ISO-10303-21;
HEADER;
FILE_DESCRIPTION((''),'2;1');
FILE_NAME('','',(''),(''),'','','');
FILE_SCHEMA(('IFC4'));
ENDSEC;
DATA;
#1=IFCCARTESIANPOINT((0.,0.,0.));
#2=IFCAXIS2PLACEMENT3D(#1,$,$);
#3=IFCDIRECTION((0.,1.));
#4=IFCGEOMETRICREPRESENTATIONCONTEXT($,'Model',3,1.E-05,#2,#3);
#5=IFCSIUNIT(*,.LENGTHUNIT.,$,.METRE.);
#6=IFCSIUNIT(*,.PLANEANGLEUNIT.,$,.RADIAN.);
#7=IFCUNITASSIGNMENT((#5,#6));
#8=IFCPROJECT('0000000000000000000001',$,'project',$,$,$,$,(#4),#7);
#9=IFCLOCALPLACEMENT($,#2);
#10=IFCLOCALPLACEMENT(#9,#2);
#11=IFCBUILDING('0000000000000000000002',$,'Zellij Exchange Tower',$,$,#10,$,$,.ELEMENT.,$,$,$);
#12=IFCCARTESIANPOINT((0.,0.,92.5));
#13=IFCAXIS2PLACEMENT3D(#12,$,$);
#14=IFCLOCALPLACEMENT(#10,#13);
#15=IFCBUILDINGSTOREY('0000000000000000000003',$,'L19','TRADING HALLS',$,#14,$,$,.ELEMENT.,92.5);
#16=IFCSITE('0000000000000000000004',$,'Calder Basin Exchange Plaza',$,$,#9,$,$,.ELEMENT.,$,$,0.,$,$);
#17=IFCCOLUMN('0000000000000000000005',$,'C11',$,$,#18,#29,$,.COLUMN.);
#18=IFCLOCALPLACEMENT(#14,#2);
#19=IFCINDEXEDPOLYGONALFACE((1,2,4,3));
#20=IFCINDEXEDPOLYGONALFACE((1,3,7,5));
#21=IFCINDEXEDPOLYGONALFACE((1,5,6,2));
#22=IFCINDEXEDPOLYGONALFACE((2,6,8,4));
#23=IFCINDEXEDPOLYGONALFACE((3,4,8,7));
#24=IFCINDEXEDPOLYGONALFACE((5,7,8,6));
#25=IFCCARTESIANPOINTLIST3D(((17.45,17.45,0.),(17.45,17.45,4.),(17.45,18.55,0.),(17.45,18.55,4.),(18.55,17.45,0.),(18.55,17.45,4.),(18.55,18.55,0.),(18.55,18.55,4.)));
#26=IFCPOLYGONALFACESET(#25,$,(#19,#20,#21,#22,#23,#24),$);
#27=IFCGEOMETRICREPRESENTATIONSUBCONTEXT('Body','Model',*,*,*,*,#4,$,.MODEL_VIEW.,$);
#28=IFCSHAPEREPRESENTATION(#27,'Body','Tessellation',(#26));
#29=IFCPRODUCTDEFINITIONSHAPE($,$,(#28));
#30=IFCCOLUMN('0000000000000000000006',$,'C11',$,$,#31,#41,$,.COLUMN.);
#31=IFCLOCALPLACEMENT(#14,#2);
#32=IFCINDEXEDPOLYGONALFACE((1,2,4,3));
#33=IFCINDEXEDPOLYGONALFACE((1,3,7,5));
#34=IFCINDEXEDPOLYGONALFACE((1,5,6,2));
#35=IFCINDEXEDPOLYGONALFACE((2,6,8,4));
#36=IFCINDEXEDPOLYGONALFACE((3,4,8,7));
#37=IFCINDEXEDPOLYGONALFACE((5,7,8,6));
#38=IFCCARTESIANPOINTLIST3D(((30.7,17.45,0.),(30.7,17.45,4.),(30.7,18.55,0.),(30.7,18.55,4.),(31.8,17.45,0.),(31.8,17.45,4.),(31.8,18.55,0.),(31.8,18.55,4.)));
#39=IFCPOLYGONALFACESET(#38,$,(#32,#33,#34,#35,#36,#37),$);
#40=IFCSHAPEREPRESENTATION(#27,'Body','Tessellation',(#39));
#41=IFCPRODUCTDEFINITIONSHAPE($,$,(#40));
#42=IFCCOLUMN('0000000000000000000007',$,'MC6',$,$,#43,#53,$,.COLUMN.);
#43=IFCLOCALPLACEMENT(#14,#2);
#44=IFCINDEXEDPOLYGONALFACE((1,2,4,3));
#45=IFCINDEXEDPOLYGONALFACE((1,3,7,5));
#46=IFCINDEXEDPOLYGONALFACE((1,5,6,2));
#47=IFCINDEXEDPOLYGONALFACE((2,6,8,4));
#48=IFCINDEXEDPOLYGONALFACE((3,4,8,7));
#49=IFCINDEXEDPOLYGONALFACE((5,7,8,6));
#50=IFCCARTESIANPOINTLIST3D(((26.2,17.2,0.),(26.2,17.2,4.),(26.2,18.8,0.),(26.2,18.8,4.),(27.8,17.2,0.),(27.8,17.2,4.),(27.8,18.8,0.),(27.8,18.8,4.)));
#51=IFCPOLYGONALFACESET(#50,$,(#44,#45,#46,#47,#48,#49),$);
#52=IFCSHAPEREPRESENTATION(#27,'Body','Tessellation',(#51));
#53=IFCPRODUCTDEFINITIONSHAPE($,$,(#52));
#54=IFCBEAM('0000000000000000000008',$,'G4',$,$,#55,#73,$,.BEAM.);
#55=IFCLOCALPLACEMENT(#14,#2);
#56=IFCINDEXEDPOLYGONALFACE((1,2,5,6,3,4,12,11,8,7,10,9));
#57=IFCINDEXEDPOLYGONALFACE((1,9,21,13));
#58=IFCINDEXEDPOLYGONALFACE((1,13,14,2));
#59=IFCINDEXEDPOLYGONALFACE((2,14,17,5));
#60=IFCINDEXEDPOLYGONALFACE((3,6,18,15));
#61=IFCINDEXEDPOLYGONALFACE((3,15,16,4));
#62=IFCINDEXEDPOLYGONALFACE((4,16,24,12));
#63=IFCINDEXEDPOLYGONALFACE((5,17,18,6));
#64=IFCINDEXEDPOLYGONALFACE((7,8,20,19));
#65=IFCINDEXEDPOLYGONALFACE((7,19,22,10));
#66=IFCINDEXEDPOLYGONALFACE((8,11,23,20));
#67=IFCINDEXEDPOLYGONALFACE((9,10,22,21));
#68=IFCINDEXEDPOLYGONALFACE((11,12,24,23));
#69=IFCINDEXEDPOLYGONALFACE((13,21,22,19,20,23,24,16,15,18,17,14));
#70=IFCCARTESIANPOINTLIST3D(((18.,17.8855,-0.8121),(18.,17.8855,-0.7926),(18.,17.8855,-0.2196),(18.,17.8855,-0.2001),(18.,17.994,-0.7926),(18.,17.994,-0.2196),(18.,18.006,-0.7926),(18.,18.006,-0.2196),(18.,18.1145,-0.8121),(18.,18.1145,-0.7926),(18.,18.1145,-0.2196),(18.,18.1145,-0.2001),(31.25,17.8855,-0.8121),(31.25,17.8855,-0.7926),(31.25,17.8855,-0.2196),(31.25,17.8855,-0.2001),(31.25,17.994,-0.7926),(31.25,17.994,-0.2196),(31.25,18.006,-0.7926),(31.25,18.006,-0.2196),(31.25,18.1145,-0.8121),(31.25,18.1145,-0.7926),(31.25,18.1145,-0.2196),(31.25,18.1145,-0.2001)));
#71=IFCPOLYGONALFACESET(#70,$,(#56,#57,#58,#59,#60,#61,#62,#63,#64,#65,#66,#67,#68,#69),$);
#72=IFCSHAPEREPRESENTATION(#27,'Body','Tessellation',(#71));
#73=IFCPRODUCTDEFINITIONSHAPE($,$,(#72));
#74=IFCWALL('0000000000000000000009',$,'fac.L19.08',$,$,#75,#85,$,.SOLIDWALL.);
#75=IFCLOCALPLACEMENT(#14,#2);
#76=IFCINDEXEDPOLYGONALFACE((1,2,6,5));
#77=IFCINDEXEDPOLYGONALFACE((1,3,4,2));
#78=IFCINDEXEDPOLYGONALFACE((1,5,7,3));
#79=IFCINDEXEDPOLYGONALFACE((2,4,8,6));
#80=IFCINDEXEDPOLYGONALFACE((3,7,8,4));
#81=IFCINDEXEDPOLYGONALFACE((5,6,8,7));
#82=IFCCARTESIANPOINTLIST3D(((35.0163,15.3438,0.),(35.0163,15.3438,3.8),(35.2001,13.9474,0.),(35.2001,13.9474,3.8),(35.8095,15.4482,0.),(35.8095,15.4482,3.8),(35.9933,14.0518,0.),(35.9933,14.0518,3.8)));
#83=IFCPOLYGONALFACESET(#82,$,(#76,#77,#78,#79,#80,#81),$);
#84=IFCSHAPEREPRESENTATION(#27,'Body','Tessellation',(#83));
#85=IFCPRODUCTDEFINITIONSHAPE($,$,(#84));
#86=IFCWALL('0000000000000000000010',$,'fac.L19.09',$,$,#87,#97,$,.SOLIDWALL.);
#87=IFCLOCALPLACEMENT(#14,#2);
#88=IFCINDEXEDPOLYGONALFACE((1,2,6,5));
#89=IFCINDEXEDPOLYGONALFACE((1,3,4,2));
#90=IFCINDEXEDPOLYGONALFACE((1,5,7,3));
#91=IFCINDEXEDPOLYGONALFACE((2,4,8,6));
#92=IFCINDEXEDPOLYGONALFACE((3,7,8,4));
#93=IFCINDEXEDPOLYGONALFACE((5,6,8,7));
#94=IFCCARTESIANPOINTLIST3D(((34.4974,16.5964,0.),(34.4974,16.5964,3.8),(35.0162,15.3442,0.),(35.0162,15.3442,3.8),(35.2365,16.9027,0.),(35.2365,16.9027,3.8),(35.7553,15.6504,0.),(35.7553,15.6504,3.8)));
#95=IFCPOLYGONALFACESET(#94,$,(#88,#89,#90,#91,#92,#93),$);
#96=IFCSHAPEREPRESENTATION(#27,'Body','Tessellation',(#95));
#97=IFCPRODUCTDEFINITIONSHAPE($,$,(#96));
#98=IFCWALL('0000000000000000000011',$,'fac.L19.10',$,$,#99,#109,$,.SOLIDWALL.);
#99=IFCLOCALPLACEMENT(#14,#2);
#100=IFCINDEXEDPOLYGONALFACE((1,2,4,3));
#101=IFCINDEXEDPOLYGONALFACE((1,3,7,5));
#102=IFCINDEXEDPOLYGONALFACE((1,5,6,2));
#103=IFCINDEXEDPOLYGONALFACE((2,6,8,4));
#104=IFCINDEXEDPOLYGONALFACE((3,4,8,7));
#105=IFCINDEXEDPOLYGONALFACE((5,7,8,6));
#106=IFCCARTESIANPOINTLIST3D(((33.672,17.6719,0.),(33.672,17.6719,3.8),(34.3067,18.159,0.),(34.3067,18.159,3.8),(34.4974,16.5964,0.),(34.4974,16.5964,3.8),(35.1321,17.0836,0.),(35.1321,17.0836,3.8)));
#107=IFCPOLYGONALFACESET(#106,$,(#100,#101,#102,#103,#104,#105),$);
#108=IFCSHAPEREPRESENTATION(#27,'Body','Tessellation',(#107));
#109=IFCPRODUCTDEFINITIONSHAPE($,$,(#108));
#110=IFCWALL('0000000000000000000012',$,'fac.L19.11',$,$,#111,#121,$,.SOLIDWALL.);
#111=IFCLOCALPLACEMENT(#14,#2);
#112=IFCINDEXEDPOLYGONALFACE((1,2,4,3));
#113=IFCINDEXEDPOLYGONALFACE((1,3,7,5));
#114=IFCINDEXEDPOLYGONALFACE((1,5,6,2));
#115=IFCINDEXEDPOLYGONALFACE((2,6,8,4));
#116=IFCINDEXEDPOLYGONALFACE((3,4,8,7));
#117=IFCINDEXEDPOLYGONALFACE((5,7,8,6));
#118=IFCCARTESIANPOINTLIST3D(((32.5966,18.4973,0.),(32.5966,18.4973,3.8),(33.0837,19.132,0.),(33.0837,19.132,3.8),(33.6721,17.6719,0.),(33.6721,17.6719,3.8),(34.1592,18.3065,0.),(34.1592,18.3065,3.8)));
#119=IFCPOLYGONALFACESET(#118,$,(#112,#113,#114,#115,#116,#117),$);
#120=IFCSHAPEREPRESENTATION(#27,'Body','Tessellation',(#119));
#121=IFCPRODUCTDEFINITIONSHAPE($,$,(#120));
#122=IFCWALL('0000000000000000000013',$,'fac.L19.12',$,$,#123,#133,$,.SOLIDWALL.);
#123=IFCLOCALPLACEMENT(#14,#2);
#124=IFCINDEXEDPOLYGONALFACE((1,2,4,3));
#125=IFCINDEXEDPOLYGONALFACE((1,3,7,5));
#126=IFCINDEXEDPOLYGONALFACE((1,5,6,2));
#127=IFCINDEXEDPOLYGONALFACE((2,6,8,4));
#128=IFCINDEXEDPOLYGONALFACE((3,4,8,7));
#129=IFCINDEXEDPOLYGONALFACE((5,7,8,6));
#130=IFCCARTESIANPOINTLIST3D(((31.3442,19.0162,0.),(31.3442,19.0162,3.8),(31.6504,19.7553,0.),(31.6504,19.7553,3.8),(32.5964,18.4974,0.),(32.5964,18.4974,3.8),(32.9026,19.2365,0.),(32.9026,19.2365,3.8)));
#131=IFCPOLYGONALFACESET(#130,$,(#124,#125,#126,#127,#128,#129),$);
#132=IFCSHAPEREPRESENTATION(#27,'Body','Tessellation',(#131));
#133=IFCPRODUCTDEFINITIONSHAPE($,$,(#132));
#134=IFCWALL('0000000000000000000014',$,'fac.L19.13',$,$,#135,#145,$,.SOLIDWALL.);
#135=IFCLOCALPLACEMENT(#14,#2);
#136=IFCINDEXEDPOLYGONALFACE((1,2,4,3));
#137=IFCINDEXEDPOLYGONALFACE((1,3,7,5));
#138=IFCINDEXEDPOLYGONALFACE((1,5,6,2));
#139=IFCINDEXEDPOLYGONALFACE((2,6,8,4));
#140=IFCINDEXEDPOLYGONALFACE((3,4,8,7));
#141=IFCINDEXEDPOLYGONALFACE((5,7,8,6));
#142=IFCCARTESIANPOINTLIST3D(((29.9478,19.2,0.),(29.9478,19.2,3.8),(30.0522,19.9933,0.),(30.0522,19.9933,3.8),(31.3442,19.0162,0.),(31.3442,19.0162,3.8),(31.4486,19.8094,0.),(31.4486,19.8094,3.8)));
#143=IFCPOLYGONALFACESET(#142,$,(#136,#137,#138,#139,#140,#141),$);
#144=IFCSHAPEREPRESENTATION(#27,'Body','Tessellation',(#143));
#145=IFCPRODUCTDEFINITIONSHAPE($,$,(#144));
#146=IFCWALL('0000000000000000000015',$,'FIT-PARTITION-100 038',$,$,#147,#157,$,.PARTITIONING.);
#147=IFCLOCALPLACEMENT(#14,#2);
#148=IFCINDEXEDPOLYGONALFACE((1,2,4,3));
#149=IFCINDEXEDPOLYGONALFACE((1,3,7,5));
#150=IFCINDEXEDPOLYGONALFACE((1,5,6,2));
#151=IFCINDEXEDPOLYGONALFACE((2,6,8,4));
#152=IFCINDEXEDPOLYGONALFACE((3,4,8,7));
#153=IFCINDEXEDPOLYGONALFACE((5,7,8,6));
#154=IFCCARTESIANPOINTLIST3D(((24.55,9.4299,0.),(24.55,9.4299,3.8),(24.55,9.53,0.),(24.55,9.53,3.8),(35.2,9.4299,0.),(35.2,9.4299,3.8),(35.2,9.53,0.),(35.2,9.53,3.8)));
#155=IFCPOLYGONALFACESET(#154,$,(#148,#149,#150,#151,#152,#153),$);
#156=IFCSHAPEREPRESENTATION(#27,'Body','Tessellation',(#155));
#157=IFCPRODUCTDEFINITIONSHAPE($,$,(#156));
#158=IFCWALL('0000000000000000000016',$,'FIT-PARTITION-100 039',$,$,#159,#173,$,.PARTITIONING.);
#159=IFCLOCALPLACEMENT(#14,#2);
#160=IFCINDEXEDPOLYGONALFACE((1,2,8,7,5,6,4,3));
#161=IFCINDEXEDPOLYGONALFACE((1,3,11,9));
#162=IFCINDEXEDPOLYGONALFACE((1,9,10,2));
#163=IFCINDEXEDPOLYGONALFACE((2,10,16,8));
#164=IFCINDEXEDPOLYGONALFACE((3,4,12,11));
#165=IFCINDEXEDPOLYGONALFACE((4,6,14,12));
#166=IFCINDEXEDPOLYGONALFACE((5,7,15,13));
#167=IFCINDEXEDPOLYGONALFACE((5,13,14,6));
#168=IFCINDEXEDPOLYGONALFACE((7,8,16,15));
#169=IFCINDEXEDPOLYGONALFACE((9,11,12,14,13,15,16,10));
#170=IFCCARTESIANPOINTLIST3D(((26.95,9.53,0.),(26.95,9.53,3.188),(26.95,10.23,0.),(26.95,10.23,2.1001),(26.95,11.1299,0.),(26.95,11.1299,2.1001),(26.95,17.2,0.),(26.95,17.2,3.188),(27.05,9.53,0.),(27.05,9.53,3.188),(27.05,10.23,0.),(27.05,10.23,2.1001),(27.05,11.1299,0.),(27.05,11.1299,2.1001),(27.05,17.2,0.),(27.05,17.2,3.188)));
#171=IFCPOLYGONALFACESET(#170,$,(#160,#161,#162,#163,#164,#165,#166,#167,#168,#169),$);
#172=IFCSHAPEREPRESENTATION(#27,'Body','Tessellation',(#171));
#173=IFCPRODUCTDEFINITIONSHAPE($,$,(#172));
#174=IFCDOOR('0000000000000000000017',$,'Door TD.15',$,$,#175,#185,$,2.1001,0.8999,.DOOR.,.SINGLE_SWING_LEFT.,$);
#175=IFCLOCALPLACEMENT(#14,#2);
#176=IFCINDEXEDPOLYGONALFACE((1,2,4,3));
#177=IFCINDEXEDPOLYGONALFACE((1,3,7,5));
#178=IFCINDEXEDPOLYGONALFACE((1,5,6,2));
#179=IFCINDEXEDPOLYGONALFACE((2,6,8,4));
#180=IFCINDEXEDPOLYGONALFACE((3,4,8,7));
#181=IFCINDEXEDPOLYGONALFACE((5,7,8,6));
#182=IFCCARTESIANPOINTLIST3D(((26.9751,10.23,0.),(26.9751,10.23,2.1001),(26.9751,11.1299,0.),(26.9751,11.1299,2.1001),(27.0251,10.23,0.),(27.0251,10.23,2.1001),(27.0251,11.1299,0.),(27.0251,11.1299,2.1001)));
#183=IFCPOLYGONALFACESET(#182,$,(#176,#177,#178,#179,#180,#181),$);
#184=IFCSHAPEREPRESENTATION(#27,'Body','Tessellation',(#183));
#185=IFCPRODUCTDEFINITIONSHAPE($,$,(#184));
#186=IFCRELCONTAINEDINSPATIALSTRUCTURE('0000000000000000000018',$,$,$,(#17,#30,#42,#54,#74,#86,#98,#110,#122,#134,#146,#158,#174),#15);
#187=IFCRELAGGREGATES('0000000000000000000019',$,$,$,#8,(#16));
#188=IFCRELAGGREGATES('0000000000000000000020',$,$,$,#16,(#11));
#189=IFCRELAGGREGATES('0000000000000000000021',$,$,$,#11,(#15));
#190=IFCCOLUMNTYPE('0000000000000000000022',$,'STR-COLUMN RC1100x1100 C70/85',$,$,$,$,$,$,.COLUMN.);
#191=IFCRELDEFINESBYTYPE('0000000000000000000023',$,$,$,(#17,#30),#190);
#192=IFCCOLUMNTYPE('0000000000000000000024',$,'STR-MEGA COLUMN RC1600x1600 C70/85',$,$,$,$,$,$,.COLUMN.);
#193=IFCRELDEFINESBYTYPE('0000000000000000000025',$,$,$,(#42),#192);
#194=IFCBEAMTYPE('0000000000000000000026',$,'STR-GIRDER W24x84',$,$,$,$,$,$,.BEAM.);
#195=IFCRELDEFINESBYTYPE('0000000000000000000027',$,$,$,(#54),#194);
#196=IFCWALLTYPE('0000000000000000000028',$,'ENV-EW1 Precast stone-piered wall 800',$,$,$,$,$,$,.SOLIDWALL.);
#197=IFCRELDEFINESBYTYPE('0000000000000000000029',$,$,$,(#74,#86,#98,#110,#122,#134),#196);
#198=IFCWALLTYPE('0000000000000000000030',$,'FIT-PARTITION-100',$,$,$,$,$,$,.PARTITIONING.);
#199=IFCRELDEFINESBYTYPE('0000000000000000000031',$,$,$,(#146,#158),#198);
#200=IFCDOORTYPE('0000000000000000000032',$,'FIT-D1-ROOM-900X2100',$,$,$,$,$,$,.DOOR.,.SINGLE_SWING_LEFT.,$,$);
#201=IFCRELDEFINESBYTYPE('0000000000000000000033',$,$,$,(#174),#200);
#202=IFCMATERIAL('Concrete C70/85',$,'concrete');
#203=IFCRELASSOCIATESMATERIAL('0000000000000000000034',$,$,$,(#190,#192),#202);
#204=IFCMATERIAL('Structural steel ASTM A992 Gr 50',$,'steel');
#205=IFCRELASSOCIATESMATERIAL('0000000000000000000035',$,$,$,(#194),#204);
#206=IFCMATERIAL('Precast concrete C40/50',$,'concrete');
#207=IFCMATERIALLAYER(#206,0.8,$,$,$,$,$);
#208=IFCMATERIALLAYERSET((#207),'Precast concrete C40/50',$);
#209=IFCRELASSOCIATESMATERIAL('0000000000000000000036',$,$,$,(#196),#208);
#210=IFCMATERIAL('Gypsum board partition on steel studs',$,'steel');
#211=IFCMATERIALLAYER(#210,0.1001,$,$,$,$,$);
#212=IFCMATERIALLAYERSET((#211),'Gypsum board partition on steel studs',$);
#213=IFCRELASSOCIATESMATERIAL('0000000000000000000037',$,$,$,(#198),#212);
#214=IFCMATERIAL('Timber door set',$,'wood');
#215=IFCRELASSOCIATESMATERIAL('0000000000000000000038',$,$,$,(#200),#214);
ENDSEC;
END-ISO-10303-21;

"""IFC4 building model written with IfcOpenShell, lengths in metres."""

from ifc_helpers import new_model, si_unit, direction, frame, frame_2d, origin, origin_2d, place, context, subcontext, project, spatial, rectangle, i_section, extrude, material, layer, layer_set, material_profile, profile_set, type_object, element, fill, save


model = new_model("IFC4")

# Units and contexts
model_context = context("Model", 3, precision=1e-05, world=origin(), true_north=direction((0.0, 1.0)))
body_context = subcontext(model_context, "Body", "Model", "MODEL_VIEW")
ifc_project = project(units=[si_unit("LENGTHUNIT", "METRE"), si_unit("PLANEANGLEUNIT", "RADIAN")], contexts=[model_context])

# Site, building, storey
site_placement = place(None, origin())
site = spatial("IfcSite", under=ifc_project, at=site_placement, Name="Calder Basin Exchange Plaza", CompositionType="ELEMENT", RefElevation=0.0)
building_placement = place(site_placement, origin())
building = spatial("IfcBuilding", under=site, at=building_placement, Name="Zellij Exchange Tower", CompositionType="ELEMENT")
storey_placement = place(building_placement, frame((0.0, 0.0, 92.5)))
storey = spatial("IfcBuildingStorey", under=building, at=storey_placement, Name="L19", Description="TRADING HALLS", CompositionType="ELEMENT", Elevation=92.5)

# Columns
ifc_material_1 = material(Name="Concrete C70/85", Category="concrete")
ifc_material_profile_1 = material_profile(ifc_material_1, rectangle(XDim=1.1001, YDim=1.1001, at=origin_2d()), Name="STR-COLUMN RC1100x1100 C70/85")
ifc_profile_set_1 = profile_set([ifc_material_profile_1], Name="Concrete C70/85")
column_type_1 = type_object("IfcColumnType", Name="STR-COLUMN RC1100x1100 C70/85", PredefinedType="COLUMN", material=ifc_profile_set_1)
for number, where, z_axis, x_axis, name in (
    (1, (18.0, 18.0, 0.0), (0.0, 0.0, 1.0), (1.0, 0.0, 0.0), "C11"),
    (2, (31.25, 18.0, 0.0), (0.0, 0.0, 1.0), (1.0, 0.0, 0.0), "C11"),
):
    element("IfcColumn", number, at=place(storey_placement, frame(where, z_axis=z_axis, x_axis=x_axis)), inside=storey, type_object=column_type_1, Name=name, PredefinedType="COLUMN", context=body_context, shape_type="SweptSolid", body=[
        extrude(rectangle(XDim=1.1001, YDim=1.1001, at=origin_2d()), origin(), (0.0, 0.0, 1.0), 4.0),
    ])
ifc_material_profile_2 = material_profile(ifc_material_1, rectangle(XDim=1.6001, YDim=1.6001, at=origin_2d()), Name="STR-MEGA COLUMN RC1600x1600 C70/85")
ifc_profile_set_2 = profile_set([ifc_material_profile_2], Name="Concrete C70/85")
column_type_2 = type_object("IfcColumnType", Name="STR-MEGA COLUMN RC1600x1600 C70/85", PredefinedType="COLUMN", material=ifc_profile_set_2)
column_placement = place(storey_placement, frame((27.0, 18.0, 0.0), z_axis=(0.0, 0.0, 1.0), x_axis=(1.0, 0.0, 0.0)))
element("IfcColumn", 3, at=column_placement, inside=storey, type_object=column_type_2, Name="MC6", PredefinedType="COLUMN", context=body_context, shape_type="SweptSolid", body=[
    extrude(rectangle(XDim=1.6001, YDim=1.6001, at=origin_2d()), origin(), (0.0, 0.0, 1.0), 4.0),
])

# Beam
ifc_material_2 = material(Name="Structural steel ASTM A992 Gr 50", Category="steel")
ifc_material_profile_3 = material_profile(ifc_material_2, i_section(OverallWidth=0.229, OverallDepth=0.6121, WebThickness=0.012, FlangeThickness=0.0195, at=origin_2d()), Name="W24x84")
ifc_profile_set_3 = profile_set([ifc_material_profile_3], Name="Structural steel ASTM A992 Gr 50")
beam_type = type_object("IfcBeamType", Name="STR-GIRDER W24x84", PredefinedType="BEAM", material=ifc_profile_set_3)
beam_placement = place(storey_placement, frame((18.0, 18.0, -0.5061), z_axis=(1.0, 0.0, 0.0), x_axis=(0.0, 1.0, 0.0)))
element("IfcBeam", 4, at=beam_placement, inside=storey, type_object=beam_type, Name="G4", PredefinedType="BEAM", context=body_context, shape_type="SweptSolid", body=[
    extrude(i_section(OverallWidth=0.229, OverallDepth=0.6121, WebThickness=0.012, FlangeThickness=0.0195, at=origin_2d()), origin(), (0.0, 0.0, 1.0), 13.25),
])

# Walls
ifc_material_3 = material(Name="Precast concrete C40/50", Category="concrete")
ifc_layer_1 = layer(ifc_material_3, 0.8)
ifc_layer_set_1 = layer_set([ifc_layer_1], Name="Precast concrete C40/50")
wall_type_1 = type_object("IfcWallType", Name="ENV-EW1 Precast stone-piered wall 800", PredefinedType="SOLIDWALL", material=ifc_layer_set_1)
wall_1_placement = place(storey_placement, frame((35.5967, 13.9998, 0.0), z_axis=(0.0, 0.0, 1.0), x_axis=(-0.130517, 0.991446, 0.0)))
element("IfcWall", 5, at=wall_1_placement, inside=storey, type_object=wall_type_1, Name="fac.L19.08", PredefinedType="SOLIDWALL", context=body_context, shape_type="SweptSolid", body=[
    extrude(rectangle(XDim=1.4084, YDim=0.8, at=frame_2d((0.7041, 0.0))), origin(), (0.0, 0.0, 1.0), 3.8),
])
wall_2_placement = place(storey_placement, frame((35.3857, 15.4973, 0.0), z_axis=(0.0, 0.0, 1.0), x_axis=(-0.38276, 0.923848, 0.0)))
element("IfcWall", 6, at=wall_2_placement, inside=storey, type_object=wall_type_1, Name="fac.L19.09", PredefinedType="SOLIDWALL", context=body_context, shape_type="SweptSolid", body=[
    extrude(rectangle(XDim=1.3555, YDim=0.8, at=frame_2d((0.6777, 0.0))), origin(), (0.0, 0.0, 1.0), 3.8),
])
for number, where, z_axis, x_axis, name in (
    (7, (34.8147, 16.8401, 0.0), (0.0, 0.0, 1.0), (-0.608866, 0.793273, 0.0), "fac.L19.10"),
    (8, (33.9155, 17.9893, 0.0), (0.0, 0.0, 1.0), (-0.793273, 0.608866, 0.0), "fac.L19.11"),
):
    element("IfcWall", number, at=place(storey_placement, frame(where, z_axis=z_axis, x_axis=x_axis)), inside=storey, type_object=wall_type_1, Name=name, PredefinedType="SOLIDWALL", context=body_context, shape_type="SweptSolid", body=[
        extrude(rectangle(XDim=1.3557, YDim=0.8, at=frame_2d((0.6777, 0.0))), origin(), (0.0, 0.0, 1.0), 3.8),
    ])
wall_3_placement = place(storey_placement, frame((32.7495, 18.8669, 0.0), z_axis=(0.0, 0.0, 1.0), x_axis=(-0.923848, 0.38276, 0.0)))
element("IfcWall", 9, at=wall_3_placement, inside=storey, type_object=wall_type_1, Name="fac.L19.12", PredefinedType="SOLIDWALL", context=body_context, shape_type="SweptSolid", body=[
    extrude(rectangle(XDim=1.3555, YDim=0.8, at=frame_2d((0.6777, 0.0))), origin(), (0.0, 0.0, 1.0), 3.8),
])
wall_4_placement = place(storey_placement, frame((31.3962, 19.4128, 0.0), z_axis=(0.0, 0.0, 1.0), x_axis=(-0.991446, 0.130517, 0.0)))
element("IfcWall", 10, at=wall_4_placement, inside=storey, type_object=wall_type_1, Name="fac.L19.13", PredefinedType="SOLIDWALL", context=body_context, shape_type="SweptSolid", body=[
    extrude(rectangle(XDim=1.4084, YDim=0.8, at=frame_2d((0.7041, 0.0))), origin(), (0.0, 0.0, 1.0), 3.8),
])
ifc_material_4 = material(Name="Gypsum board partition on steel studs", Category="steel")
ifc_layer_2 = layer(ifc_material_4, 0.1001)
ifc_layer_set_2 = layer_set([ifc_layer_2], Name="Gypsum board partition on steel studs")
wall_type_2 = type_object("IfcWallType", Name="FIT-PARTITION-100", PredefinedType="PARTITIONING", material=ifc_layer_set_2)
wall_5_placement = place(storey_placement, frame((24.55, 9.48, 0.0), z_axis=(0.0, 0.0, 1.0), x_axis=(1.0, 0.0, 0.0)))
element("IfcWall", 11, at=wall_5_placement, inside=storey, type_object=wall_type_2, Name="FIT-PARTITION-100 038", PredefinedType="PARTITIONING", context=body_context, shape_type="SweptSolid", body=[
    extrude(rectangle(XDim=10.6499, YDim=0.1001, at=frame_2d((5.325, 0.0))), origin(), (0.0, 0.0, 1.0), 3.8),
])

# Wall, opening, door
wall_6_placement = place(storey_placement, frame((27.0, 9.53, 0.0), z_axis=(0.0, 0.0, 1.0), x_axis=(0.0, 1.0, 0.0)))
wall_6 = element("IfcWall", 12, at=wall_6_placement, inside=storey, type_object=wall_type_2, Name="FIT-PARTITION-100 039", PredefinedType="PARTITIONING", context=body_context, shape_type="SweptSolid", body=[
    extrude(rectangle(XDim=7.6699, YDim=0.1001, at=frame_2d((3.835, 0.0))), origin(), (0.0, 0.0, 1.0), 3.188),
])
opening_placement = place(wall_6_placement, frame((0.7, 0.0, 0.0)))
opening = element("IfcOpeningElement", 13, at=opening_placement, cuts=wall_6, PredefinedType="OPENING", context=body_context, shape_type="SweptSolid", body=[
    extrude(rectangle(XDim=0.8999, YDim=2.1001, at=frame_2d((0.45, 1.05))), frame((0.0, 0.062, 0.0), z_axis=(0.0, -1.0, 0.0), x_axis=(1.0, 0.0, 0.0)), (0.0, 0.0, 1.0), 0.124),
])
ifc_material_5 = material(Name="Timber door set", Category="wood")
door_type = type_object("IfcDoorType", Name="FIT-D1-ROOM-900X2100", OperationType="SINGLE_SWING_LEFT", PredefinedType="DOOR", material=ifc_material_5)
door_placement = place(opening_placement, origin())
door = element("IfcDoor", 14, at=door_placement, inside=storey, type_object=door_type, Name="Door TD.15", OperationType="SINGLE_SWING_LEFT", OverallHeight=2.1001, OverallWidth=0.8999, PredefinedType="DOOR", context=body_context, shape_type="SweptSolid", body=[
    extrude(rectangle(XDim=0.8999, YDim=2.1001, at=frame_2d((0.45, 1.05))), frame((0.0, 0.0249, 0.0), z_axis=(0.0, -1.0, 0.0), x_axis=(1.0, 0.0, 0.0)), (0.0, 0.0, 1.0), 0.05),
])
fill(opening, door)

save(model, "model.ifc")
